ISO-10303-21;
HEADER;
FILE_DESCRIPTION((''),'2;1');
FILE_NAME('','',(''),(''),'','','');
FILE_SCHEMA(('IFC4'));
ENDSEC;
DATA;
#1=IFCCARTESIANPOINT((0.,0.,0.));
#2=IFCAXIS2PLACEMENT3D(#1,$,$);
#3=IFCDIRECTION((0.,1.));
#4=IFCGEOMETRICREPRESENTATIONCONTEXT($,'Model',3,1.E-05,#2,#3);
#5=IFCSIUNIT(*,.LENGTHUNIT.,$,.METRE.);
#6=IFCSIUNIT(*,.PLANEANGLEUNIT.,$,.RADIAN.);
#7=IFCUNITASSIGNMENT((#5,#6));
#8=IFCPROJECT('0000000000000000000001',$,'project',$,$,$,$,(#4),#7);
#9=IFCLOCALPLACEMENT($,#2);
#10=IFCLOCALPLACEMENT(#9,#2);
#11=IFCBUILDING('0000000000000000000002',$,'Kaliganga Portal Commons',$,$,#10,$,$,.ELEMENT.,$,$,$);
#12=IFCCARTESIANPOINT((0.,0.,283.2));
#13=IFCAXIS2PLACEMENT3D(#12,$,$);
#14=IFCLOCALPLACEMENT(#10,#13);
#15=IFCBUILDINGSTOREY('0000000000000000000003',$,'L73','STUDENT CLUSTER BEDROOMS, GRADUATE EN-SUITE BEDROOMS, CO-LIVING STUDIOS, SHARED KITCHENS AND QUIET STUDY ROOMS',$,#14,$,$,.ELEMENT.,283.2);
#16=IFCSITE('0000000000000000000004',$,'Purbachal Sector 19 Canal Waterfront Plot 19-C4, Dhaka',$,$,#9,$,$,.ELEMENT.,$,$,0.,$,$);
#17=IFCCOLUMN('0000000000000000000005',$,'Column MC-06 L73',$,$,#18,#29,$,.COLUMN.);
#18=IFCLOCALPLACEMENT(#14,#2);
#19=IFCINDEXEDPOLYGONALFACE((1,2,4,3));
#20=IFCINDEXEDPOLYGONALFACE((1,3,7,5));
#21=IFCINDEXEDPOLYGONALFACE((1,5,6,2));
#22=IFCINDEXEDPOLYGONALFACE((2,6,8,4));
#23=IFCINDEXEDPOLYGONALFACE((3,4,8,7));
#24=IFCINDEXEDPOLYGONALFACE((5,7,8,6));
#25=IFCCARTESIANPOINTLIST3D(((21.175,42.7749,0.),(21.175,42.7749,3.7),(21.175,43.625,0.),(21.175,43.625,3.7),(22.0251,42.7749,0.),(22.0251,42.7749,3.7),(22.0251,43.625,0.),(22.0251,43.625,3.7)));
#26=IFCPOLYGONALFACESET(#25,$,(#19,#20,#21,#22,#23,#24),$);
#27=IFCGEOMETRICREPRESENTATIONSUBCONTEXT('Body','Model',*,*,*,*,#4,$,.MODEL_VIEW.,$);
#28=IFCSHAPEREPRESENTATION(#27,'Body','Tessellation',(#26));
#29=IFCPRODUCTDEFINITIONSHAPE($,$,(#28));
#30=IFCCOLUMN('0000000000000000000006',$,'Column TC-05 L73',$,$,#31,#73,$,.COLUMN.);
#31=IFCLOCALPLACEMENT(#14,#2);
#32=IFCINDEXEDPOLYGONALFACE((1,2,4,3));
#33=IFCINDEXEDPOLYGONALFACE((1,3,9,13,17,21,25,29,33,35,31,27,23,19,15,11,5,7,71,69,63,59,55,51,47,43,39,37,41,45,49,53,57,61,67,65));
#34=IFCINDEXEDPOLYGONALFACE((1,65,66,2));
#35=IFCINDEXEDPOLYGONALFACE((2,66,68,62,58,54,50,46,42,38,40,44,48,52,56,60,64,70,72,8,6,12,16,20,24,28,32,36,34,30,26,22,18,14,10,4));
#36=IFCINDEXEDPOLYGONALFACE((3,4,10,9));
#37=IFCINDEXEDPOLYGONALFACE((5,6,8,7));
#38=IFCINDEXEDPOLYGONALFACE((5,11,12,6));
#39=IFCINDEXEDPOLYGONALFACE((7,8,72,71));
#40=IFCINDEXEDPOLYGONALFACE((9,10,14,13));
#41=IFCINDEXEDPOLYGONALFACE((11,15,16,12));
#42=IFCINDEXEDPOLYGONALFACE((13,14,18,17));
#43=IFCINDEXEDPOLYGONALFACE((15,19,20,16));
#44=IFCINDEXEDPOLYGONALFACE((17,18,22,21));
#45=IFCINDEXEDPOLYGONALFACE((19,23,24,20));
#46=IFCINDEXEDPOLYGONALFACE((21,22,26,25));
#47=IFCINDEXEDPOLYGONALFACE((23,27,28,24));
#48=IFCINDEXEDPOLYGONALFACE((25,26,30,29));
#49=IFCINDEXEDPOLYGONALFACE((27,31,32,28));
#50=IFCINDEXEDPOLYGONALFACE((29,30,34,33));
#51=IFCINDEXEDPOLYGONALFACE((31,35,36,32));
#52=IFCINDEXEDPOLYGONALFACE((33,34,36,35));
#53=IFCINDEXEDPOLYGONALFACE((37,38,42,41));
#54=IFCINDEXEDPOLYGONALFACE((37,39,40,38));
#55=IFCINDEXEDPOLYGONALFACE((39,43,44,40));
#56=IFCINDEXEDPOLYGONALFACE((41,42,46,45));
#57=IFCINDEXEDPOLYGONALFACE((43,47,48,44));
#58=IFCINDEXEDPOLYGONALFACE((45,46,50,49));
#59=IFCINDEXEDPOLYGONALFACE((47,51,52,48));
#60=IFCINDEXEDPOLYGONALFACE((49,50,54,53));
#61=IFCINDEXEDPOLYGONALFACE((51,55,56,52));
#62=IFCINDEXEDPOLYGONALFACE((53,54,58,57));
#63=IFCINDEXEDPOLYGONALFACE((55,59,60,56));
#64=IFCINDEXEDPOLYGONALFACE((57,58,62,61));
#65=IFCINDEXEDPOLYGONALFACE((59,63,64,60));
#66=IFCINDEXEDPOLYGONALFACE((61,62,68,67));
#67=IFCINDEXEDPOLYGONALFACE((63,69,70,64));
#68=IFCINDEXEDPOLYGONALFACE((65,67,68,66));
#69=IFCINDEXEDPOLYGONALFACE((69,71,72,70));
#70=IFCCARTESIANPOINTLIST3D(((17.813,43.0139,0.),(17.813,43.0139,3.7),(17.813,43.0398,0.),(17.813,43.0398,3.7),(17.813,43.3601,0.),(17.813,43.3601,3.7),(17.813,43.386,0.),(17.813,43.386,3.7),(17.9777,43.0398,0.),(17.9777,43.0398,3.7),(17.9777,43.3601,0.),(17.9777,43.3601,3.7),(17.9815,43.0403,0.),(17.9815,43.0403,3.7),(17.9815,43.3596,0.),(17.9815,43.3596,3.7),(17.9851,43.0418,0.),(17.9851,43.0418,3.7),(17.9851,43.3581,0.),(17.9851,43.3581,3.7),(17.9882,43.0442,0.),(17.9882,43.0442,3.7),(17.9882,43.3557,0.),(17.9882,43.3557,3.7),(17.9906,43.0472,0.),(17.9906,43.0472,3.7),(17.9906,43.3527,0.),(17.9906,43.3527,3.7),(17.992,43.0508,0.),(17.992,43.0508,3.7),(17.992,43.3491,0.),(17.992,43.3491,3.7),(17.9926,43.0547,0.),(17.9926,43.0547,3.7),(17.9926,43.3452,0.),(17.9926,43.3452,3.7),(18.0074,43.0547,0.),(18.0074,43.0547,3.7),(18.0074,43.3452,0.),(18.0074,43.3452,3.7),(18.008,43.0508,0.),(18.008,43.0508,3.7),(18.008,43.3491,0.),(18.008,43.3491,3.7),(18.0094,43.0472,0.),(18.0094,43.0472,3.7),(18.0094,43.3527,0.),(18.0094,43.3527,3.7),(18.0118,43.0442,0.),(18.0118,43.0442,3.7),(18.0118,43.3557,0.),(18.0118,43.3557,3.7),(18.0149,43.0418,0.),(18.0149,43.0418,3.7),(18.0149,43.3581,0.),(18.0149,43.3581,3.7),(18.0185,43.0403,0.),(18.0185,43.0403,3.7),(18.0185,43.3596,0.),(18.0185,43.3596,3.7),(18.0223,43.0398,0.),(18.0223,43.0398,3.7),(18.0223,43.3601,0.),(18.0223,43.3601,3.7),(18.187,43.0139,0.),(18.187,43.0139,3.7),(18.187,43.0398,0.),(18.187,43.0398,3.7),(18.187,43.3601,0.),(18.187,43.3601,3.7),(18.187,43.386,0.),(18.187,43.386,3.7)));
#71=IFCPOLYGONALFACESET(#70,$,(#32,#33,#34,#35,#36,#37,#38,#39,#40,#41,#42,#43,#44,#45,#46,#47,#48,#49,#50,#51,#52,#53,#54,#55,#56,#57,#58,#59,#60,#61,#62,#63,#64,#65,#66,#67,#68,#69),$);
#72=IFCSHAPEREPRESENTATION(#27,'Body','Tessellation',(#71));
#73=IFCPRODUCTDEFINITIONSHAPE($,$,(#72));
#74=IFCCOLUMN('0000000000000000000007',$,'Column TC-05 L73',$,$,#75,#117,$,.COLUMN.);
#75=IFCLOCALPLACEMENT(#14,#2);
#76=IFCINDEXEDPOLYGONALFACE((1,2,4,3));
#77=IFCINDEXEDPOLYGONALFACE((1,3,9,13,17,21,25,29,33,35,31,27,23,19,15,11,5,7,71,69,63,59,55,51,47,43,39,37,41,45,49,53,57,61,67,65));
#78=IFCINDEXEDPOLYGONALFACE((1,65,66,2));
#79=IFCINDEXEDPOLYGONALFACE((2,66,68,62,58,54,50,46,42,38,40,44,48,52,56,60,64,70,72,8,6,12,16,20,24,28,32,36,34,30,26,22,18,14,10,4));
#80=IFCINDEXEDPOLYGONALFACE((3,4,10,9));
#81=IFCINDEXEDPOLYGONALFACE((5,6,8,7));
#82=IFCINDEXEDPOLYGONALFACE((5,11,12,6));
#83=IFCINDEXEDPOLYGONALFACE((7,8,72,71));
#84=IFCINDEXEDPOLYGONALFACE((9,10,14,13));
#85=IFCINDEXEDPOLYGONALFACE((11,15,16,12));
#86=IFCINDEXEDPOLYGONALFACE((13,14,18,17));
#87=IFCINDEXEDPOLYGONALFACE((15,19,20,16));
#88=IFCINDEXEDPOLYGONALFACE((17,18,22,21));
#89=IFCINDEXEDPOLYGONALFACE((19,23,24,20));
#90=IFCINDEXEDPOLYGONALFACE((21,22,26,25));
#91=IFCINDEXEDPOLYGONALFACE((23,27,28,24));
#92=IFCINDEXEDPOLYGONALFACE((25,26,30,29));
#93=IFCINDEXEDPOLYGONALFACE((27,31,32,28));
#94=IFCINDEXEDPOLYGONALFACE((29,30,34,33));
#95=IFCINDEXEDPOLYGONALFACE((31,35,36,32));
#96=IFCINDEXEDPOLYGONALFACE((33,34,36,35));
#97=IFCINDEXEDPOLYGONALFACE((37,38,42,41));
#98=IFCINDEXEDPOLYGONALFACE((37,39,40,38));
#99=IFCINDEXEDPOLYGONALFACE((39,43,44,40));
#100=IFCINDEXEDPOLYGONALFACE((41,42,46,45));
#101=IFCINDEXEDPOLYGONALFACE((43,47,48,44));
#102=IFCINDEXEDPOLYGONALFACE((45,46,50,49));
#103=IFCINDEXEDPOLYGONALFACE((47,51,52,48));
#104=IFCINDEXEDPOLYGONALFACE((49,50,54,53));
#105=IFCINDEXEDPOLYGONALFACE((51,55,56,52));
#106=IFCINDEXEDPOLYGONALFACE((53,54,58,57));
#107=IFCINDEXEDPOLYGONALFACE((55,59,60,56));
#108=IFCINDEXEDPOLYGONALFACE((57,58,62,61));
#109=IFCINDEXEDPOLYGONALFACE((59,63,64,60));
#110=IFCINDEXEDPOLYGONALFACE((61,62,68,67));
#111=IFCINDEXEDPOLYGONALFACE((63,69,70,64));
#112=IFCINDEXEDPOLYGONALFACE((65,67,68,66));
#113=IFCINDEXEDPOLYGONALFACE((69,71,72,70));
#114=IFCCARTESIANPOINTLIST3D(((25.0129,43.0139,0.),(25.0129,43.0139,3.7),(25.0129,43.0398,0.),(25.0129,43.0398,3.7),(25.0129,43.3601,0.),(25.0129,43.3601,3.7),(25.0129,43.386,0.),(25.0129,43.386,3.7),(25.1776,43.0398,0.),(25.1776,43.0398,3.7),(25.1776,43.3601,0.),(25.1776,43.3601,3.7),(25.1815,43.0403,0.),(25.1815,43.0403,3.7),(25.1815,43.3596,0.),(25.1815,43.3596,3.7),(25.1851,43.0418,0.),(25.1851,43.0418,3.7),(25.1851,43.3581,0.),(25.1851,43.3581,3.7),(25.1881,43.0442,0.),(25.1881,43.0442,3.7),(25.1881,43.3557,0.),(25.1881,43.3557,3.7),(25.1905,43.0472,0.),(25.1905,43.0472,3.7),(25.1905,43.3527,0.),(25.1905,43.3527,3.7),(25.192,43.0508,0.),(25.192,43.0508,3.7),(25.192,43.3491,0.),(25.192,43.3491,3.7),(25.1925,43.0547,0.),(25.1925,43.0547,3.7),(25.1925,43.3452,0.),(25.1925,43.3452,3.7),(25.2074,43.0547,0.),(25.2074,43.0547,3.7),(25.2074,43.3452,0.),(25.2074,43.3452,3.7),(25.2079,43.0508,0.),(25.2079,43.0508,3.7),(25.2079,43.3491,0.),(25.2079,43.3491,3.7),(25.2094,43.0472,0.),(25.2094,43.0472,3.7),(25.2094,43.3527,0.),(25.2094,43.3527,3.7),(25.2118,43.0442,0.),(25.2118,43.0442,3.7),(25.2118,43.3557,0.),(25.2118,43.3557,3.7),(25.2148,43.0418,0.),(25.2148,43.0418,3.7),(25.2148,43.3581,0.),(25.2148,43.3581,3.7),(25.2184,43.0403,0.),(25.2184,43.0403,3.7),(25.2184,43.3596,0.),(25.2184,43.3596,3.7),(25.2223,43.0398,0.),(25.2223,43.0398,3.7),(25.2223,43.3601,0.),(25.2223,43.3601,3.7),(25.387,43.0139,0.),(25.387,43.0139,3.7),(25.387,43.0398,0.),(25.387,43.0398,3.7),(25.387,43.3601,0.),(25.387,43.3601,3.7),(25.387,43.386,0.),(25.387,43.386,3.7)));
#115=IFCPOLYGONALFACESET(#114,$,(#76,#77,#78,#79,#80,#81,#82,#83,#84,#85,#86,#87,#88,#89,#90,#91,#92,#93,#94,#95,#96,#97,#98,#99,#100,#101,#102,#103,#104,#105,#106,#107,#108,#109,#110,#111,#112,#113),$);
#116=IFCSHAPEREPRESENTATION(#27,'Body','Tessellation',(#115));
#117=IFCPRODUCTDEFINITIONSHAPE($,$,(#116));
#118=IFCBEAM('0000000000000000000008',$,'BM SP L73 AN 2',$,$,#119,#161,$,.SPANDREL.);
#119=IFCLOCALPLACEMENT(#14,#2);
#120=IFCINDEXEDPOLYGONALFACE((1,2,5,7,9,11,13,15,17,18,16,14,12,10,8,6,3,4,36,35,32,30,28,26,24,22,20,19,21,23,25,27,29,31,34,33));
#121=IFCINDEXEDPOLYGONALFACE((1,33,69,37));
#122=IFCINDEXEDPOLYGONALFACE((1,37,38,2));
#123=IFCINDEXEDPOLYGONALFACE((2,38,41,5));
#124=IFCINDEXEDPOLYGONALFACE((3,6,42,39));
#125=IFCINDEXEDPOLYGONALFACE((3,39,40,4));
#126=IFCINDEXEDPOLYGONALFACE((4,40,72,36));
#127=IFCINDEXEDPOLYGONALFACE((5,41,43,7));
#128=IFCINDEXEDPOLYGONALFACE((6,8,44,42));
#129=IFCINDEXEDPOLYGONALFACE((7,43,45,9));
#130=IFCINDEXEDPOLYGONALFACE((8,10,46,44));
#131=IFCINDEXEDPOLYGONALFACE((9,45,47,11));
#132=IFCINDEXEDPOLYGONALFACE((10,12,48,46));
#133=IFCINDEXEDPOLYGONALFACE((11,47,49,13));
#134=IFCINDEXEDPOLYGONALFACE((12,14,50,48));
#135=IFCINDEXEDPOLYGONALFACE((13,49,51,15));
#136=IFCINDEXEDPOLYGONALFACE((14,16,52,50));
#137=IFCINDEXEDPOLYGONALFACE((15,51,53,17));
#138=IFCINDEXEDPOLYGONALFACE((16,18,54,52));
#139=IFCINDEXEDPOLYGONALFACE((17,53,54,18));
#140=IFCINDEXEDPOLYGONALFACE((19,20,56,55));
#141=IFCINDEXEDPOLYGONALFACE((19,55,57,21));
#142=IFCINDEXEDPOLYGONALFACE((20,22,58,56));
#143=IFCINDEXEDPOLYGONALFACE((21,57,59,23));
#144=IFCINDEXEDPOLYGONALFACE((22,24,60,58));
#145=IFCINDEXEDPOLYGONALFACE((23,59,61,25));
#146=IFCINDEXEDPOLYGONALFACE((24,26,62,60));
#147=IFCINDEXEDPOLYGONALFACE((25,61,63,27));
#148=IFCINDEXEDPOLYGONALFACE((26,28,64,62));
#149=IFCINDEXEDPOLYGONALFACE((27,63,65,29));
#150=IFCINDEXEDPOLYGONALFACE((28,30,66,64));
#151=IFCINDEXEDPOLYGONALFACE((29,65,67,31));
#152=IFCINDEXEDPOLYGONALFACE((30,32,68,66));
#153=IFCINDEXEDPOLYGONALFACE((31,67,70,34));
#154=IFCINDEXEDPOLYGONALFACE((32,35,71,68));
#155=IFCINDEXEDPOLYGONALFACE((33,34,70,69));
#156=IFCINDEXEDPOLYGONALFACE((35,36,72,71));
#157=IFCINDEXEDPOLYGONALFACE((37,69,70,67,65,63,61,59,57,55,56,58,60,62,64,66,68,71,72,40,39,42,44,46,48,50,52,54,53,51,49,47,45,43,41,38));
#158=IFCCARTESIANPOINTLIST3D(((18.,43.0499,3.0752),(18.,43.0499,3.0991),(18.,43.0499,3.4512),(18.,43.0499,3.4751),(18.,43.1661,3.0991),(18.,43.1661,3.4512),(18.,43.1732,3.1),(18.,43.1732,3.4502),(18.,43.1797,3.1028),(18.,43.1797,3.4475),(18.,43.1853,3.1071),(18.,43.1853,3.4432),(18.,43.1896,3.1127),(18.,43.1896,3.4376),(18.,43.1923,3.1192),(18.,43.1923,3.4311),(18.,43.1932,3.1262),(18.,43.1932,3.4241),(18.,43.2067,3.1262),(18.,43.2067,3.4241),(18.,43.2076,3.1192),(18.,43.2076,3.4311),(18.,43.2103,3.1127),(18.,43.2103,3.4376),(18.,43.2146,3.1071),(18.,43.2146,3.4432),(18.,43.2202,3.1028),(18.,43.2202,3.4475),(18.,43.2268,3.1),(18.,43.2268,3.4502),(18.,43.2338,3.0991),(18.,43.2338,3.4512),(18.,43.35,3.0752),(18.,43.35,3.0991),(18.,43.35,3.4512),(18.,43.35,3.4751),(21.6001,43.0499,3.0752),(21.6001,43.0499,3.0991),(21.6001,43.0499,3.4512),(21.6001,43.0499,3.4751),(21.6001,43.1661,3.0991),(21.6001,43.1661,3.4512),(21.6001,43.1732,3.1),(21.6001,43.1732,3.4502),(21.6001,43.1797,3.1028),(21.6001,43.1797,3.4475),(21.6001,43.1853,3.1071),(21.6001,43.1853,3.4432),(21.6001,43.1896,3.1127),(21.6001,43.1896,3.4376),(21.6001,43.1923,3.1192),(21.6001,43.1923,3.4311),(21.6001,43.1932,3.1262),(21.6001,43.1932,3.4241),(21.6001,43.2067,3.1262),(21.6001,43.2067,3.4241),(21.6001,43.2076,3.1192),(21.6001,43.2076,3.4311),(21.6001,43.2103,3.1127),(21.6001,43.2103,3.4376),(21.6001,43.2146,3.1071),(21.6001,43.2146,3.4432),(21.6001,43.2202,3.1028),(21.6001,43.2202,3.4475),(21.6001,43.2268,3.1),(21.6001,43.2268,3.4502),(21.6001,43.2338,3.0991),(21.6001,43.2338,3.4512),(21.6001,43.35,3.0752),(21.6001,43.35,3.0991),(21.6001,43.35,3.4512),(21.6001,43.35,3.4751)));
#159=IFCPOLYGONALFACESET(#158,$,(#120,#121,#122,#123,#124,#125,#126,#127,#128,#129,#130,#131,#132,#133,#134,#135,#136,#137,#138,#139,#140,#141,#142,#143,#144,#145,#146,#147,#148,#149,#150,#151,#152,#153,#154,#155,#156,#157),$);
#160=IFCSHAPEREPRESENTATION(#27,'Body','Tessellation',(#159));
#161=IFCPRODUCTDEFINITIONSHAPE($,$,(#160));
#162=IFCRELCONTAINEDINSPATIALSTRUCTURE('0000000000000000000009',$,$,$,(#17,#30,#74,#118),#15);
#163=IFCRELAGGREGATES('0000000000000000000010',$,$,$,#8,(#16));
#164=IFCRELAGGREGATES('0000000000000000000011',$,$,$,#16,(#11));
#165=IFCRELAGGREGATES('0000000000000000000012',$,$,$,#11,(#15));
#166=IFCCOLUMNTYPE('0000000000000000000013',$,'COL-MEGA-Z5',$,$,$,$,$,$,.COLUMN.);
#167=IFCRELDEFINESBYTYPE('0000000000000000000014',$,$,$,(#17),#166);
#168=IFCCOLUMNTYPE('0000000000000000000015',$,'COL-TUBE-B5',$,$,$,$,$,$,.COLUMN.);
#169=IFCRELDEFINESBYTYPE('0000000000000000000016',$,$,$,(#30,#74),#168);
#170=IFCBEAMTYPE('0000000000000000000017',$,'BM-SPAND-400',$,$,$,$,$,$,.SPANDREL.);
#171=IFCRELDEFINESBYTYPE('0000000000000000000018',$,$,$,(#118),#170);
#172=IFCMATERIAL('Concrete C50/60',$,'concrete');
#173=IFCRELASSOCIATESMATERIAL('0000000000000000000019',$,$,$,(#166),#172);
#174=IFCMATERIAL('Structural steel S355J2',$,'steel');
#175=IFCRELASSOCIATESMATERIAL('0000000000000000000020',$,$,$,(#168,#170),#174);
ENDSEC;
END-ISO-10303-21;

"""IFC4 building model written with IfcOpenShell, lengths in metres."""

from ifc_helpers import new_model, si_unit, direction, frame, origin, origin_2d, place, context, subcontext, project, spatial, rectangle, i_section, extrude, source, transform, mapped, material, material_profile, profile_set, type_object, element, save


model = new_model("IFC4")

# Units and contexts
model_context = context("Model", 3, precision=1e-05, world=origin(), true_north=direction((0.0, 1.0)))
body_context = subcontext(model_context, "Body", "Model", "MODEL_VIEW")
ifc_project = project(units=[si_unit("LENGTHUNIT", "METRE"), si_unit("PLANEANGLEUNIT", "RADIAN")], contexts=[model_context])

# Site, building, storey
site_placement = place(None, origin())
site = spatial("IfcSite", under=ifc_project, at=site_placement, Name="Purbachal Sector 19 Canal Waterfront Plot 19-C4, Dhaka", CompositionType="ELEMENT", RefElevation=0.0)
building_placement = place(site_placement, origin())
building = spatial("IfcBuilding", under=site, at=building_placement, Name="Kaliganga Portal Commons", CompositionType="ELEMENT")
storey_placement = place(building_placement, frame((0.0, 0.0, 283.2)))
storey = spatial("IfcBuildingStorey", under=building, at=storey_placement, Name="L73", Description="STUDENT CLUSTER BEDROOMS, GRADUATE EN-SUITE BEDROOMS, CO-LIVING STUDIOS, SHARED KITCHENS AND QUIET STUDY ROOMS", CompositionType="ELEMENT", Elevation=283.2)

# Columns
ifc_material_1 = material(Name="Concrete C50/60", Category="concrete")
ifc_material_profile_1 = material_profile(ifc_material_1, rectangle(XDim=0.8501, YDim=0.8501, at=origin_2d()), Name="RC 850x850")
ifc_profile_set_1 = profile_set([ifc_material_profile_1], Name="Concrete C50/60")
column_type_1 = type_object("IfcColumnType", Name="COL-MEGA-Z5", PredefinedType="COLUMN", material=ifc_profile_set_1)
shared_shape_1 = source(origin(), body_context, "Body", "SweptSolid", [
    extrude(rectangle(XDim=0.8501, YDim=0.8501, at=origin_2d()), origin(), (0.0, 0.0, 1.0), 3.7),
])
column_placement = place(storey_placement, frame((21.6001, 43.2, 0.0), z_axis=(0.0, 0.0, 1.0), x_axis=(1.0, 0.0, 0.0)))
element("IfcColumn", 1, at=column_placement, inside=storey, type_object=column_type_1, Name="Column MC-06 L73", PredefinedType="COLUMN", context=body_context, shape_type="MappedRepresentation", body=[
    mapped(shared_shape_1, transform((0.0, 0.0, 0.0), x_axis=(1.0, 0.0, 0.0), y_axis=(0.0, 1.0, 0.0), z_axis=(0.0, 0.0, 1.0), scale=1.0)),
])
ifc_material_2 = material(Name="Structural steel S355J2", Category="steel")
ifc_material_profile_2 = material_profile(ifc_material_2, i_section(OverallWidth=0.374, OverallDepth=0.3721, WebThickness=0.0149, FlangeThickness=0.0259, FilletRadius=0.0149, at=origin_2d()), Name="HD 360x196")
ifc_profile_set_2 = profile_set([ifc_material_profile_2], Name="Structural steel S355J2 wide-flange")
column_type_2 = type_object("IfcColumnType", Name="COL-TUBE-B5", PredefinedType="COLUMN", material=ifc_profile_set_2)
shared_shape_2 = source(origin(), body_context, "Body", "SweptSolid", [
    extrude(i_section(OverallWidth=0.374, OverallDepth=0.3721, WebThickness=0.0149, FlangeThickness=0.0259, FilletRadius=0.0149, at=origin_2d()), origin(), (0.0, 0.0, 1.0), 3.7),
])
for number, where, z_axis, x_axis, name in (
    (2, (18.0, 43.2, 0.0), (0.0, 0.0, 1.0), (1.0, 0.0, 0.0), "Column TC-05 L73"),
    (3, (25.2, 43.2, 0.0), (0.0, 0.0, 1.0), (1.0, 0.0, 0.0), "Column TC-05 L73"),
):
    element("IfcColumn", number, at=place(storey_placement, frame(where, z_axis=z_axis, x_axis=x_axis)), inside=storey, type_object=column_type_2, Name=name, PredefinedType="COLUMN", context=body_context, shape_type="MappedRepresentation", body=[
        mapped(shared_shape_2, transform((0.0, 0.0, 0.0), x_axis=(1.0, 0.0, 0.0), y_axis=(0.0, 1.0, 0.0), z_axis=(0.0, 0.0, 1.0), scale=1.0)),
    ])

# Beam
ifc_material_profile_3 = material_profile(ifc_material_2, i_section(OverallWidth=0.3, OverallDepth=0.3999, WebThickness=0.0134, FlangeThickness=0.0239, FilletRadius=0.0271, at=origin_2d()), Name="HE 400 B")
ifc_profile_set_3 = profile_set([ifc_material_profile_3], Name="Structural steel S355J2 wide-flange")
beam_type = type_object("IfcBeamType", Name="BM-SPAND-400", PredefinedType="SPANDREL", material=ifc_profile_set_3)
shared_shape_3 = source(origin(), body_context, "Body", "SweptSolid", [
    extrude(i_section(OverallWidth=0.3, OverallDepth=0.3999, WebThickness=0.0134, FlangeThickness=0.0239, FilletRadius=0.0271, at=origin_2d()), origin(), (0.0, 0.0, 1.0), 3.6001),
])
for number, where, z_axis, x_axis, name in (
    (4, (18.0, 43.2, 3.2751), (1.0, 0.0, 0.0), (0.0, 1.0, 0.0), "BM SP L73 AN 2"),
):
    element("IfcBeam", number, at=place(storey_placement, frame(where, z_axis=z_axis, x_axis=x_axis)), inside=storey, type_object=beam_type, Name=name, PredefinedType="SPANDREL", context=body_context, shape_type="MappedRepresentation", body=[
        mapped(shared_shape_3, transform((0.0, 0.0, 0.0), x_axis=(1.0, 0.0, 0.0), y_axis=(0.0, 1.0, 0.0), z_axis=(0.0, 0.0, 1.0), scale=1.0)),
    ])

save(model, "model.ifc")
